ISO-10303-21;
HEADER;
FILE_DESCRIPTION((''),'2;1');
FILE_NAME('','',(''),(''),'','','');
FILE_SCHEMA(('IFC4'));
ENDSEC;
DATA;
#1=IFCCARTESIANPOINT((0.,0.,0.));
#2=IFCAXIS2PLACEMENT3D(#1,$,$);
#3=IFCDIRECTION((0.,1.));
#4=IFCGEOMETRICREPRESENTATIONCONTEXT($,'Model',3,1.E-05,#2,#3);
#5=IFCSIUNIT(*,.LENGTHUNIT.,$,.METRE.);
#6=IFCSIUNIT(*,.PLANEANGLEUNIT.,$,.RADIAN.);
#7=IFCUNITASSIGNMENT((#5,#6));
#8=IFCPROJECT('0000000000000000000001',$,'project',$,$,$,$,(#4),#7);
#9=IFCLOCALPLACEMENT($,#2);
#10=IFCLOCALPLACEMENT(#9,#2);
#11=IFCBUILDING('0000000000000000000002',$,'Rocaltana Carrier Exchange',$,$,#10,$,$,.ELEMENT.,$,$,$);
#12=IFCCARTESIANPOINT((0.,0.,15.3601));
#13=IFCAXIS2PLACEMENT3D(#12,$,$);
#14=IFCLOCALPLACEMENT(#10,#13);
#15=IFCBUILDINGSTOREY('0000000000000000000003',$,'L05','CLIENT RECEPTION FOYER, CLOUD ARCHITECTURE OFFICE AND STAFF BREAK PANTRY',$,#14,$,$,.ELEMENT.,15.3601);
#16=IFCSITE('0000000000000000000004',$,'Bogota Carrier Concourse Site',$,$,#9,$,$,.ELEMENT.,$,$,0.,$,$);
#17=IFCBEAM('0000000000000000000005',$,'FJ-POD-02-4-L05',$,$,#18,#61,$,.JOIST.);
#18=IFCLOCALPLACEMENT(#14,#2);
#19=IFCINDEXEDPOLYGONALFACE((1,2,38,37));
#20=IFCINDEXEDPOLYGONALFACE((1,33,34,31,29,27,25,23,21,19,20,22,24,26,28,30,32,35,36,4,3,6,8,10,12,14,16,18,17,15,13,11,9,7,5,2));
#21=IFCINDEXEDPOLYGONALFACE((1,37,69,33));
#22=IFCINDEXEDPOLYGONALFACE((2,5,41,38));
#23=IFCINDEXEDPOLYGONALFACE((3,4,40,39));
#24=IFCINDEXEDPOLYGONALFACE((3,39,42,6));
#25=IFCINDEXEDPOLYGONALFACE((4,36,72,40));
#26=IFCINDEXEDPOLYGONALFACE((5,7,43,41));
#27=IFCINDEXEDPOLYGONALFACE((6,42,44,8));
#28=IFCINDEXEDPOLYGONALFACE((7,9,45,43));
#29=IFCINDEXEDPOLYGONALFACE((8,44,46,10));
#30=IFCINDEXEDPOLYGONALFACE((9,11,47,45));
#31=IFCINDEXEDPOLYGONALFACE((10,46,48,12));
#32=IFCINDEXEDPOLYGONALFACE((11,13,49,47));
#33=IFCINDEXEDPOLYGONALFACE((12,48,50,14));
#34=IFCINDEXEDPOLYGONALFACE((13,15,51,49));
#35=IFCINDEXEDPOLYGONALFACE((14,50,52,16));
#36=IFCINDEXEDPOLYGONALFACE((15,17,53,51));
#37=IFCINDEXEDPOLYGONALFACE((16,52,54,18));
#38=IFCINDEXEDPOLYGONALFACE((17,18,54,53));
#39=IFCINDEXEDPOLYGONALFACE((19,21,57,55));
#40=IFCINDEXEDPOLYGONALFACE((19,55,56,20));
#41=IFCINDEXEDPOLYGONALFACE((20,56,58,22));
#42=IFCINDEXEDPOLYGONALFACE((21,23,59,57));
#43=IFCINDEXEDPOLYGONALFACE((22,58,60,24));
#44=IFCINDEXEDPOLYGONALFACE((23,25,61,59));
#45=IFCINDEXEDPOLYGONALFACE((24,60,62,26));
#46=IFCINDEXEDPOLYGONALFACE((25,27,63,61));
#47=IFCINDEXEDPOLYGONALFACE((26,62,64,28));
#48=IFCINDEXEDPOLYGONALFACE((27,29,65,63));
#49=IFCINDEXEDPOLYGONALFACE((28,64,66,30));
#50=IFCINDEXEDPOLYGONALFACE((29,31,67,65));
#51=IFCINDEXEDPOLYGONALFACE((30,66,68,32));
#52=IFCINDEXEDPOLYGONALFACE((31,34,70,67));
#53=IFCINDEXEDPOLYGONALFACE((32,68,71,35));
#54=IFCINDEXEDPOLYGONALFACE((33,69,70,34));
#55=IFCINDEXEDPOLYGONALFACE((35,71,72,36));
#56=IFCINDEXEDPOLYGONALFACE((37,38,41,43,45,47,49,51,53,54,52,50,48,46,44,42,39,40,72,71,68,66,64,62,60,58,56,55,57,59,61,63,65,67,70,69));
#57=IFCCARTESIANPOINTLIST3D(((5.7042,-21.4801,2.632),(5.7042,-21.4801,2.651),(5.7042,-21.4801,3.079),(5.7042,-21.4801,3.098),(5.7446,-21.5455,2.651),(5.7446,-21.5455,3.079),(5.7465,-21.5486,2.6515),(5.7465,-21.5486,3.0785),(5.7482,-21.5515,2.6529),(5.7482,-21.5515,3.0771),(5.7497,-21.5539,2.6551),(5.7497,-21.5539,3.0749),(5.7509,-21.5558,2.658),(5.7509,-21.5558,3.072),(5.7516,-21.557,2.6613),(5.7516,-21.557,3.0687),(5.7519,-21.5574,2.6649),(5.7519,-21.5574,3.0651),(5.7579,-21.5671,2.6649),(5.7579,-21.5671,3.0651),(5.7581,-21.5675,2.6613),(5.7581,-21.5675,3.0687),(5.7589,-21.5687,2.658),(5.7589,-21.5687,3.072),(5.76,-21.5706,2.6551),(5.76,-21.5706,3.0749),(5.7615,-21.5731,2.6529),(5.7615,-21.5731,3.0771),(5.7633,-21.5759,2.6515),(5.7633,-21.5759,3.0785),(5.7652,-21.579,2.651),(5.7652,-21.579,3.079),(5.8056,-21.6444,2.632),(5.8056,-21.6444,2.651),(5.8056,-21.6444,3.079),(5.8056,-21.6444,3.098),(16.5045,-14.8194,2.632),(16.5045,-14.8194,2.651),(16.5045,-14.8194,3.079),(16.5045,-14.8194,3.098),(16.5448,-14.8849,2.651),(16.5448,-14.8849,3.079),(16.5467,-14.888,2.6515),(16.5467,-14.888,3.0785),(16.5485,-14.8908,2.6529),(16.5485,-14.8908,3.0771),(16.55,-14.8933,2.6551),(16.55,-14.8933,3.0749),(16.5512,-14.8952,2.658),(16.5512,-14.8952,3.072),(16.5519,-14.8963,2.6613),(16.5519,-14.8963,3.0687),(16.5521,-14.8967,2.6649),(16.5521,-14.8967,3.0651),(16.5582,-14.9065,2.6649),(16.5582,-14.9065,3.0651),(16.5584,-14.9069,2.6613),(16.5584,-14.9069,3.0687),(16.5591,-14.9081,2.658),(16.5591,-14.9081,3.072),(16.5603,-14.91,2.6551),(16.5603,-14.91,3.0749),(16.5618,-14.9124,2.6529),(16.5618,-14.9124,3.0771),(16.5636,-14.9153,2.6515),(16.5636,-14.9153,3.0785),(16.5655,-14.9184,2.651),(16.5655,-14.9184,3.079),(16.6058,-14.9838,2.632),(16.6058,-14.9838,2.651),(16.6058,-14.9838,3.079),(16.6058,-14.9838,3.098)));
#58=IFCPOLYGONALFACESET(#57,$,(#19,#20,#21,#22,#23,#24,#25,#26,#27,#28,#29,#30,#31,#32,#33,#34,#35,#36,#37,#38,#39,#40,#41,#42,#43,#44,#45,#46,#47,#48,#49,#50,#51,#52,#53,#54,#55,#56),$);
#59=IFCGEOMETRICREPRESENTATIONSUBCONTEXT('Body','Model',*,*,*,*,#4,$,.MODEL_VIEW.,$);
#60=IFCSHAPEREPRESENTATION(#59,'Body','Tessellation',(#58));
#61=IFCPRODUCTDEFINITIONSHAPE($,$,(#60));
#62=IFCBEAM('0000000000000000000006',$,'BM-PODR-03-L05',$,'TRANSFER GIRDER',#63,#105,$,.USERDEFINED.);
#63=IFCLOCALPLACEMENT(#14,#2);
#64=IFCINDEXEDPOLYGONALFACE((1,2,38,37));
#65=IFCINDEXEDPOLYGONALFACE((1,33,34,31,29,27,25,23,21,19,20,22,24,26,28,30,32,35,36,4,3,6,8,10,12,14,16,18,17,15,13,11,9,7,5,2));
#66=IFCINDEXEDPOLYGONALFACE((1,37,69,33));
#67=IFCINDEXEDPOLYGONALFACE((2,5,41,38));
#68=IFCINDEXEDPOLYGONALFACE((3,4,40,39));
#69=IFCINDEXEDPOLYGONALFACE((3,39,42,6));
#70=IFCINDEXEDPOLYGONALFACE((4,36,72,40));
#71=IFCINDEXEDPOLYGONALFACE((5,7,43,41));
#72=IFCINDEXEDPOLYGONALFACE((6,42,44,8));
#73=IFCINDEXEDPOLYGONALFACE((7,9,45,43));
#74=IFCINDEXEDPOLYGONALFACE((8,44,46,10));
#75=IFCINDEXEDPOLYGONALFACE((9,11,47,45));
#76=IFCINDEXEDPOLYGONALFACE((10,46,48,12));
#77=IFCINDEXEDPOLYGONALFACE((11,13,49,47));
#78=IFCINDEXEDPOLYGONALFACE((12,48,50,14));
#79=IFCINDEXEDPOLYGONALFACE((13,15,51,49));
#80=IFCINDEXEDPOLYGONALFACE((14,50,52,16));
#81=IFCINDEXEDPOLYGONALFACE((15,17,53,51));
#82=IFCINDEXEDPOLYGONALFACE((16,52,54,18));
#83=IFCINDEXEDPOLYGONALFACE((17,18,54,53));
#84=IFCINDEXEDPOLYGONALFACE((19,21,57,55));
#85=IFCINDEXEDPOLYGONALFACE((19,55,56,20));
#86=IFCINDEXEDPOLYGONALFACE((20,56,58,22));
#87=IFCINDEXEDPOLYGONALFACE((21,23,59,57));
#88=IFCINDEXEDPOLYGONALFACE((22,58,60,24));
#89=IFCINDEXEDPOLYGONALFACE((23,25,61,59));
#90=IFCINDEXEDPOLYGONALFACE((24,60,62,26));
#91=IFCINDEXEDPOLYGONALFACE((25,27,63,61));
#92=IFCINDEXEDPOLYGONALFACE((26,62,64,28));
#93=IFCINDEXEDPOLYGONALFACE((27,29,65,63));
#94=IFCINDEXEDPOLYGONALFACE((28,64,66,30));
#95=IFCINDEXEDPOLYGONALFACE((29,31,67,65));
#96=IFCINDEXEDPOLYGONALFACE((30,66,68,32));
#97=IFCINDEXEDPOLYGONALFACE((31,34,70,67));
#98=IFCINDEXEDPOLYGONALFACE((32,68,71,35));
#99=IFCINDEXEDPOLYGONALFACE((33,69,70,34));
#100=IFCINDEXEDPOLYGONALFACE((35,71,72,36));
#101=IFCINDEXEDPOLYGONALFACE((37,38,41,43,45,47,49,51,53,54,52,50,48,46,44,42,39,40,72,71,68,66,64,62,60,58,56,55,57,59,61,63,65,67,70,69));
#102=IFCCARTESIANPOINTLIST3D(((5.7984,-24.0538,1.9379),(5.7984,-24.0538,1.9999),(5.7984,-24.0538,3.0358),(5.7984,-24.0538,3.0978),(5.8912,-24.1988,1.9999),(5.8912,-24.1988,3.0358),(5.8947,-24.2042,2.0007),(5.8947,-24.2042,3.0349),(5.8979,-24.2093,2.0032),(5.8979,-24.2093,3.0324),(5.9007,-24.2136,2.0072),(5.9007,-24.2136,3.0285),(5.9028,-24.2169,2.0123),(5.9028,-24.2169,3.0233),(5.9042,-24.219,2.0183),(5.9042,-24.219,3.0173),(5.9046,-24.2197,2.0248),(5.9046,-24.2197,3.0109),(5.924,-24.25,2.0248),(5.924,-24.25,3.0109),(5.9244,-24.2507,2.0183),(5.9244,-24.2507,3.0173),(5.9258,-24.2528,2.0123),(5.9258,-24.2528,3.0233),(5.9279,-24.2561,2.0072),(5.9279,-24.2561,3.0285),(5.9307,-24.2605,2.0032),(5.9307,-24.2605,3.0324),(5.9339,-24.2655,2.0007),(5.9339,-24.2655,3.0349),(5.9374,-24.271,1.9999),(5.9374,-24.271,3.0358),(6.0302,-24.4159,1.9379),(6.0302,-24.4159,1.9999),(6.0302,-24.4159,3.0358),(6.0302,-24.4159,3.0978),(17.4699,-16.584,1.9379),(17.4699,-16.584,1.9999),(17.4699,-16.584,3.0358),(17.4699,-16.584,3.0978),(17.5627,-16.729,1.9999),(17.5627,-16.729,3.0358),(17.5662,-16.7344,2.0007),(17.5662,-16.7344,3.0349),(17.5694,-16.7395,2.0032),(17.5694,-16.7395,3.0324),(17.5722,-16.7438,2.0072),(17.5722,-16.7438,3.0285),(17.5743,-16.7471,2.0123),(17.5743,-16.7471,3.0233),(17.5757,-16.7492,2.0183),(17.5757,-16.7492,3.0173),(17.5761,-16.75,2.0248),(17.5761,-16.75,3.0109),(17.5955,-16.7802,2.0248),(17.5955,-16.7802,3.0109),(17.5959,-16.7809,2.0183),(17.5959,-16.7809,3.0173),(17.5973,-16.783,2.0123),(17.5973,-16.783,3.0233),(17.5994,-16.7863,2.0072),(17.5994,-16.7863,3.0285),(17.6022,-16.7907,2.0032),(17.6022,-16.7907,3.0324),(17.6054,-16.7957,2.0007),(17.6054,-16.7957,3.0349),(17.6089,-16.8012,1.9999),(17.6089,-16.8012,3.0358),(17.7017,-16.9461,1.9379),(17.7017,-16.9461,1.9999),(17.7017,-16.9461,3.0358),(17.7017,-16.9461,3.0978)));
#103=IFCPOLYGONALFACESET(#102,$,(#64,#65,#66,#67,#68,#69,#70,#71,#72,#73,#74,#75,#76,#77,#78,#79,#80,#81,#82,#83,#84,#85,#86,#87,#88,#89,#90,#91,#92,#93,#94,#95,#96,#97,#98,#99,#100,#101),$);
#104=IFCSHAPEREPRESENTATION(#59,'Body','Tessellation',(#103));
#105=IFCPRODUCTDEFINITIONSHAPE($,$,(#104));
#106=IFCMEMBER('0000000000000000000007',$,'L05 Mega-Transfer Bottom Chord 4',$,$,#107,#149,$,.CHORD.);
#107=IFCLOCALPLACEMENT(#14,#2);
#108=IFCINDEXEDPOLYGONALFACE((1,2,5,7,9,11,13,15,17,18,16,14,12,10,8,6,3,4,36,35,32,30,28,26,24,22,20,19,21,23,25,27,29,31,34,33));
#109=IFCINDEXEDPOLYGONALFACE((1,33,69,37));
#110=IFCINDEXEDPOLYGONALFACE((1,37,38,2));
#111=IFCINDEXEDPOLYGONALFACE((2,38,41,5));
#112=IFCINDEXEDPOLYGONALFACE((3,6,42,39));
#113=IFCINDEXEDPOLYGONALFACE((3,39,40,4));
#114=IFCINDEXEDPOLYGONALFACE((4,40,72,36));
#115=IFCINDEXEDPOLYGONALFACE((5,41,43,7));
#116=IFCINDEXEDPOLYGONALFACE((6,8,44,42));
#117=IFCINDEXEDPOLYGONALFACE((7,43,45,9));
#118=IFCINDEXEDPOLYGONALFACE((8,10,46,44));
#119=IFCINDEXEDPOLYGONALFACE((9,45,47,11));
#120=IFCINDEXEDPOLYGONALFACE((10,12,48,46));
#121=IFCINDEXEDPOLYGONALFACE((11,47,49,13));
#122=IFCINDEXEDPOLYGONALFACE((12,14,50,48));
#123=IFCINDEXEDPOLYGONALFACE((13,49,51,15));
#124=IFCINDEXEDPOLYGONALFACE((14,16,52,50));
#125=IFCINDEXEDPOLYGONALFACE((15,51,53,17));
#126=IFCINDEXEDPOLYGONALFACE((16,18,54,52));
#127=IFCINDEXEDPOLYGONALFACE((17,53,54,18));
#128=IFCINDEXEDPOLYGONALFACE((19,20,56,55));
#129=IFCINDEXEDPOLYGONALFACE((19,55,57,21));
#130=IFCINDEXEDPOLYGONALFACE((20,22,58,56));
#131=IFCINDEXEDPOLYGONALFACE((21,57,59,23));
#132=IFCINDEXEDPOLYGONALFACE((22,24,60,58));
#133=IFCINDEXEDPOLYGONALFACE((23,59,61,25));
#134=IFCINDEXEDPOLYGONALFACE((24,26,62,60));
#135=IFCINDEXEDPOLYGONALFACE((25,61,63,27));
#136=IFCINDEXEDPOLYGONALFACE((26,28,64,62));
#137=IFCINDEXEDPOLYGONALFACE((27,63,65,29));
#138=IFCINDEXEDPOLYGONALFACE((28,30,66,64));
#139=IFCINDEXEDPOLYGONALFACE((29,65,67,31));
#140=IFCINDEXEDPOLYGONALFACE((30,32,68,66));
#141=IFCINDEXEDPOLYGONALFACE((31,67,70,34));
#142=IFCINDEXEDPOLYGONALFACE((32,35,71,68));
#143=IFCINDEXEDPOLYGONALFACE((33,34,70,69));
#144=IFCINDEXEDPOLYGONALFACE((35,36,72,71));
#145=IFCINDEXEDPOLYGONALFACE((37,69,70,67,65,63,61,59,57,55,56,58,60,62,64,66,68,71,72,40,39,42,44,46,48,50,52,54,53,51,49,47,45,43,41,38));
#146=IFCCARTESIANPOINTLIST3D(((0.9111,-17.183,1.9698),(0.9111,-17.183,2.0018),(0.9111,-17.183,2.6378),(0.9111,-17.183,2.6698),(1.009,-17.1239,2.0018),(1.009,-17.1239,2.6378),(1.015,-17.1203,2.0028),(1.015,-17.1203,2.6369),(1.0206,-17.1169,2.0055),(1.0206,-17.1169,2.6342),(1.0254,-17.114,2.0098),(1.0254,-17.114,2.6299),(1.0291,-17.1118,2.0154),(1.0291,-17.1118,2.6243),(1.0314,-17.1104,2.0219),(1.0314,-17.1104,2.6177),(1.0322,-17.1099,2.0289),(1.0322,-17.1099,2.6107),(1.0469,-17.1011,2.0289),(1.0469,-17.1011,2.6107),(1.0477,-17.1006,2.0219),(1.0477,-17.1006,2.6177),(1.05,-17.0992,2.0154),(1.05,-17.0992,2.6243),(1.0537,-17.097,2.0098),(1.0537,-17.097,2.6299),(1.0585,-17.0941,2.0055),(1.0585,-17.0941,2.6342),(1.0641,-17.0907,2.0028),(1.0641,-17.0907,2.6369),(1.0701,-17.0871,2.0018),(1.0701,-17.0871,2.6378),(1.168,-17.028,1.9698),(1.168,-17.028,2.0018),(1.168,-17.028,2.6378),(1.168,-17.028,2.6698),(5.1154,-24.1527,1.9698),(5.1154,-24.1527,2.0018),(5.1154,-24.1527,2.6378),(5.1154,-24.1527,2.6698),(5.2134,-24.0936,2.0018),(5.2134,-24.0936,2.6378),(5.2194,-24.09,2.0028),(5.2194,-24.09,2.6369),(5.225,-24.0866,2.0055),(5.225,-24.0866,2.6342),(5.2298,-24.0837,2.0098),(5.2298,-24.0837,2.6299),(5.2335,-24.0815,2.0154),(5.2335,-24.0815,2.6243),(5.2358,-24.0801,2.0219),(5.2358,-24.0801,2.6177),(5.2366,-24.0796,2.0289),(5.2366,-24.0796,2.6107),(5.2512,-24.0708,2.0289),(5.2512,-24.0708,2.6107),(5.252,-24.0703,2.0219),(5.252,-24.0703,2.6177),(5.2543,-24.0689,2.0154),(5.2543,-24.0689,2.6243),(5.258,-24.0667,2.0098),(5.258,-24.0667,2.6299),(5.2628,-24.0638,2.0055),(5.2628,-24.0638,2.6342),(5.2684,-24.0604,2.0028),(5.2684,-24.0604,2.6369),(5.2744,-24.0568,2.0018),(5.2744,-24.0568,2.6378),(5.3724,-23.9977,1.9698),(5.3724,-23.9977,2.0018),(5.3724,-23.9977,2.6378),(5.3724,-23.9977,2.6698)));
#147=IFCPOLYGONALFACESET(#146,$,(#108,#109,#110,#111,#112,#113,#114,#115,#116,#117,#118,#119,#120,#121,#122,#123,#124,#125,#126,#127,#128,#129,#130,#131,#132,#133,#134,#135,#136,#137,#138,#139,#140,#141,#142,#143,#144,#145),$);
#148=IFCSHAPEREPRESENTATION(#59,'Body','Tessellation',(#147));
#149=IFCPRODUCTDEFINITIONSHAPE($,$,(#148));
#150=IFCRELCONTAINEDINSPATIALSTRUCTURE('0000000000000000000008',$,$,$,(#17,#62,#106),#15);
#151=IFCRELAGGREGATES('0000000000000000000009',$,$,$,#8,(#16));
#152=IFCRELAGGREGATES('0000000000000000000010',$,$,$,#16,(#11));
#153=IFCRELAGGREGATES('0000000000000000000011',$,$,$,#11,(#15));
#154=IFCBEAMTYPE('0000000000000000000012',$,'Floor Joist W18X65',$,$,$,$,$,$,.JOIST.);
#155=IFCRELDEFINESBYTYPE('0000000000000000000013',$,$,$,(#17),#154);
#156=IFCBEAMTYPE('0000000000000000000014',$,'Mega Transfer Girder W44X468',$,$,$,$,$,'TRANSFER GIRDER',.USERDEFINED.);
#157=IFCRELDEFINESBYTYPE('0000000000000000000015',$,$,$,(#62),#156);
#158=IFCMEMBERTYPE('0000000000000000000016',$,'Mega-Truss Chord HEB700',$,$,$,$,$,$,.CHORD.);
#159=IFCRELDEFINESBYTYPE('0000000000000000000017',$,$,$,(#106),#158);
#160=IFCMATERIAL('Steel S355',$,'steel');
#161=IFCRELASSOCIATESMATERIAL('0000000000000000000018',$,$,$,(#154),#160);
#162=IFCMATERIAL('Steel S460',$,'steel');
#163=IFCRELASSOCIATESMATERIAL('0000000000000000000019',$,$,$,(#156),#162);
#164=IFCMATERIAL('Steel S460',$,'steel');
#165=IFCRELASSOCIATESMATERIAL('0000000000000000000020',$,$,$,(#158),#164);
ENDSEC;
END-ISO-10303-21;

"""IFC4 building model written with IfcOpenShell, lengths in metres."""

from ifc_helpers import new_model, si_unit, direction, frame, origin, origin_2d, place, context, subcontext, project, spatial, i_section, extrude, material, material_profile, profile_set, type_object, element, save


model = new_model("IFC4")

# Units and contexts
model_context = context("Model", 3, precision=1e-05, world=origin(), true_north=direction((0.0, 1.0)))
body_context = subcontext(model_context, "Body", "Model", "MODEL_VIEW")
ifc_project = project(units=[si_unit("LENGTHUNIT", "METRE"), si_unit("PLANEANGLEUNIT", "RADIAN")], contexts=[model_context])

# Site, building, storey
site_placement = place(None, origin())
site = spatial("IfcSite", under=ifc_project, at=site_placement, Name="Bogota Carrier Concourse Site", CompositionType="ELEMENT", RefElevation=0.0)
building_placement = place(site_placement, origin())
building = spatial("IfcBuilding", under=site, at=building_placement, Name="Rocaltana Carrier Exchange", CompositionType="ELEMENT")
storey_placement = place(building_placement, frame((0.0, 0.0, 15.3601)))
storey = spatial("IfcBuildingStorey", under=building, at=storey_placement, Name="L05", Description="CLIENT RECEPTION FOYER, CLOUD ARCHITECTURE OFFICE AND STAFF BREAK PANTRY", CompositionType="ELEMENT", Elevation=15.3601)

# Beams
ifc_material_1 = material(Name="Steel S355", Category="steel")
ifc_material_profile_1 = material_profile(ifc_material_1, i_section(OverallWidth=0.1931, OverallDepth=0.4661, WebThickness=0.0115, FlangeThickness=0.019, FilletRadius=0.0139, at=origin_2d()), Name="W18X65")
ifc_profile_set_1 = profile_set([ifc_material_profile_1], Name="Steel S355")
beam_type_1 = type_object("IfcBeamType", Name="Floor Joist W18X65", PredefinedType="JOIST", material=ifc_profile_set_1)
beam_1_placement = place(storey_placement, frame((5.7549, -21.5623, 2.865), z_axis=(0.851155, 0.524915, 0.0), x_axis=(-0.524915, 0.851155, 0.0)))
element("IfcBeam", 1, at=beam_1_placement, inside=storey, type_object=beam_type_1, Name="FJ-POD-02-4-L05", PredefinedType="JOIST", context=body_context, shape_type="SweptSolid", body=[
    extrude(i_section(OverallWidth=0.1931, OverallDepth=0.4661, WebThickness=0.0115, FlangeThickness=0.019, FilletRadius=0.0139, at=origin_2d()), origin(), (0.0, 0.0, 1.0), 12.689),
])
ifc_material_2 = material(Name="Steel S460", Category="steel")
ifc_material_profile_2 = material_profile(ifc_material_2, i_section(OverallWidth=0.4299, OverallDepth=1.1599, WebThickness=0.0359, FlangeThickness=0.062, FilletRadius=0.0249, at=origin_2d()), Name="W44X468")
ifc_profile_set_2 = profile_set([ifc_material_profile_2], Name="Steel S460")
beam_type_2 = type_object("IfcBeamType", Name="Mega Transfer Girder W44X468", ElementType="TRANSFER GIRDER", PredefinedType="USERDEFINED", material=ifc_profile_set_2)
beam_2_placement = place(storey_placement, frame((5.9143, -24.2349, 2.5178), z_axis=(0.84227, 0.539056, 0.0), x_axis=(-0.539056, 0.84227, 0.0)))
element("IfcBeam", 2, at=beam_2_placement, inside=storey, type_object=beam_type_2, Name="BM-PODR-03-L05", ObjectType="TRANSFER GIRDER", PredefinedType="USERDEFINED", context=body_context, shape_type="SweptSolid", body=[
    extrude(i_section(OverallWidth=0.4299, OverallDepth=1.1599, WebThickness=0.0359, FlangeThickness=0.062, FilletRadius=0.0249, at=origin_2d()), origin(), (0.0, 0.0, 1.0), 13.8572),
])

# Member
ifc_material_3 = material(Name="Steel S460", Category="steel")
ifc_material_profile_3 = material_profile(ifc_material_3, i_section(OverallWidth=0.3, OverallDepth=0.7, WebThickness=0.0171, FlangeThickness=0.032, FilletRadius=0.0271, at=origin_2d()), Name="HEB700")
ifc_profile_set_3 = profile_set([ifc_material_profile_3], Name="Steel S460")
member_type_1 = type_object("IfcMemberType", Name="Mega-Truss Chord HEB700", PredefinedType="CHORD", material=ifc_profile_set_3)
member_1_placement = place(storey_placement, frame((1.0396, -17.1055, 2.3198), z_axis=(0.516528, -0.85627, 0.0), x_axis=(0.85627, 0.516528, 0.0)))
element("IfcMember", 3, at=member_1_placement, inside=storey, type_object=member_type_1, Name="L05 Mega-Transfer Bottom Chord 4", PredefinedType="CHORD", context=body_context, shape_type="SweptSolid", body=[
    extrude(i_section(OverallWidth=0.3, OverallDepth=0.7, WebThickness=0.0171, FlangeThickness=0.032, FilletRadius=0.0271, at=origin_2d()), origin(), (0.0, 0.0, 1.0), 8.1396),
])

save(model, "model.ifc")
